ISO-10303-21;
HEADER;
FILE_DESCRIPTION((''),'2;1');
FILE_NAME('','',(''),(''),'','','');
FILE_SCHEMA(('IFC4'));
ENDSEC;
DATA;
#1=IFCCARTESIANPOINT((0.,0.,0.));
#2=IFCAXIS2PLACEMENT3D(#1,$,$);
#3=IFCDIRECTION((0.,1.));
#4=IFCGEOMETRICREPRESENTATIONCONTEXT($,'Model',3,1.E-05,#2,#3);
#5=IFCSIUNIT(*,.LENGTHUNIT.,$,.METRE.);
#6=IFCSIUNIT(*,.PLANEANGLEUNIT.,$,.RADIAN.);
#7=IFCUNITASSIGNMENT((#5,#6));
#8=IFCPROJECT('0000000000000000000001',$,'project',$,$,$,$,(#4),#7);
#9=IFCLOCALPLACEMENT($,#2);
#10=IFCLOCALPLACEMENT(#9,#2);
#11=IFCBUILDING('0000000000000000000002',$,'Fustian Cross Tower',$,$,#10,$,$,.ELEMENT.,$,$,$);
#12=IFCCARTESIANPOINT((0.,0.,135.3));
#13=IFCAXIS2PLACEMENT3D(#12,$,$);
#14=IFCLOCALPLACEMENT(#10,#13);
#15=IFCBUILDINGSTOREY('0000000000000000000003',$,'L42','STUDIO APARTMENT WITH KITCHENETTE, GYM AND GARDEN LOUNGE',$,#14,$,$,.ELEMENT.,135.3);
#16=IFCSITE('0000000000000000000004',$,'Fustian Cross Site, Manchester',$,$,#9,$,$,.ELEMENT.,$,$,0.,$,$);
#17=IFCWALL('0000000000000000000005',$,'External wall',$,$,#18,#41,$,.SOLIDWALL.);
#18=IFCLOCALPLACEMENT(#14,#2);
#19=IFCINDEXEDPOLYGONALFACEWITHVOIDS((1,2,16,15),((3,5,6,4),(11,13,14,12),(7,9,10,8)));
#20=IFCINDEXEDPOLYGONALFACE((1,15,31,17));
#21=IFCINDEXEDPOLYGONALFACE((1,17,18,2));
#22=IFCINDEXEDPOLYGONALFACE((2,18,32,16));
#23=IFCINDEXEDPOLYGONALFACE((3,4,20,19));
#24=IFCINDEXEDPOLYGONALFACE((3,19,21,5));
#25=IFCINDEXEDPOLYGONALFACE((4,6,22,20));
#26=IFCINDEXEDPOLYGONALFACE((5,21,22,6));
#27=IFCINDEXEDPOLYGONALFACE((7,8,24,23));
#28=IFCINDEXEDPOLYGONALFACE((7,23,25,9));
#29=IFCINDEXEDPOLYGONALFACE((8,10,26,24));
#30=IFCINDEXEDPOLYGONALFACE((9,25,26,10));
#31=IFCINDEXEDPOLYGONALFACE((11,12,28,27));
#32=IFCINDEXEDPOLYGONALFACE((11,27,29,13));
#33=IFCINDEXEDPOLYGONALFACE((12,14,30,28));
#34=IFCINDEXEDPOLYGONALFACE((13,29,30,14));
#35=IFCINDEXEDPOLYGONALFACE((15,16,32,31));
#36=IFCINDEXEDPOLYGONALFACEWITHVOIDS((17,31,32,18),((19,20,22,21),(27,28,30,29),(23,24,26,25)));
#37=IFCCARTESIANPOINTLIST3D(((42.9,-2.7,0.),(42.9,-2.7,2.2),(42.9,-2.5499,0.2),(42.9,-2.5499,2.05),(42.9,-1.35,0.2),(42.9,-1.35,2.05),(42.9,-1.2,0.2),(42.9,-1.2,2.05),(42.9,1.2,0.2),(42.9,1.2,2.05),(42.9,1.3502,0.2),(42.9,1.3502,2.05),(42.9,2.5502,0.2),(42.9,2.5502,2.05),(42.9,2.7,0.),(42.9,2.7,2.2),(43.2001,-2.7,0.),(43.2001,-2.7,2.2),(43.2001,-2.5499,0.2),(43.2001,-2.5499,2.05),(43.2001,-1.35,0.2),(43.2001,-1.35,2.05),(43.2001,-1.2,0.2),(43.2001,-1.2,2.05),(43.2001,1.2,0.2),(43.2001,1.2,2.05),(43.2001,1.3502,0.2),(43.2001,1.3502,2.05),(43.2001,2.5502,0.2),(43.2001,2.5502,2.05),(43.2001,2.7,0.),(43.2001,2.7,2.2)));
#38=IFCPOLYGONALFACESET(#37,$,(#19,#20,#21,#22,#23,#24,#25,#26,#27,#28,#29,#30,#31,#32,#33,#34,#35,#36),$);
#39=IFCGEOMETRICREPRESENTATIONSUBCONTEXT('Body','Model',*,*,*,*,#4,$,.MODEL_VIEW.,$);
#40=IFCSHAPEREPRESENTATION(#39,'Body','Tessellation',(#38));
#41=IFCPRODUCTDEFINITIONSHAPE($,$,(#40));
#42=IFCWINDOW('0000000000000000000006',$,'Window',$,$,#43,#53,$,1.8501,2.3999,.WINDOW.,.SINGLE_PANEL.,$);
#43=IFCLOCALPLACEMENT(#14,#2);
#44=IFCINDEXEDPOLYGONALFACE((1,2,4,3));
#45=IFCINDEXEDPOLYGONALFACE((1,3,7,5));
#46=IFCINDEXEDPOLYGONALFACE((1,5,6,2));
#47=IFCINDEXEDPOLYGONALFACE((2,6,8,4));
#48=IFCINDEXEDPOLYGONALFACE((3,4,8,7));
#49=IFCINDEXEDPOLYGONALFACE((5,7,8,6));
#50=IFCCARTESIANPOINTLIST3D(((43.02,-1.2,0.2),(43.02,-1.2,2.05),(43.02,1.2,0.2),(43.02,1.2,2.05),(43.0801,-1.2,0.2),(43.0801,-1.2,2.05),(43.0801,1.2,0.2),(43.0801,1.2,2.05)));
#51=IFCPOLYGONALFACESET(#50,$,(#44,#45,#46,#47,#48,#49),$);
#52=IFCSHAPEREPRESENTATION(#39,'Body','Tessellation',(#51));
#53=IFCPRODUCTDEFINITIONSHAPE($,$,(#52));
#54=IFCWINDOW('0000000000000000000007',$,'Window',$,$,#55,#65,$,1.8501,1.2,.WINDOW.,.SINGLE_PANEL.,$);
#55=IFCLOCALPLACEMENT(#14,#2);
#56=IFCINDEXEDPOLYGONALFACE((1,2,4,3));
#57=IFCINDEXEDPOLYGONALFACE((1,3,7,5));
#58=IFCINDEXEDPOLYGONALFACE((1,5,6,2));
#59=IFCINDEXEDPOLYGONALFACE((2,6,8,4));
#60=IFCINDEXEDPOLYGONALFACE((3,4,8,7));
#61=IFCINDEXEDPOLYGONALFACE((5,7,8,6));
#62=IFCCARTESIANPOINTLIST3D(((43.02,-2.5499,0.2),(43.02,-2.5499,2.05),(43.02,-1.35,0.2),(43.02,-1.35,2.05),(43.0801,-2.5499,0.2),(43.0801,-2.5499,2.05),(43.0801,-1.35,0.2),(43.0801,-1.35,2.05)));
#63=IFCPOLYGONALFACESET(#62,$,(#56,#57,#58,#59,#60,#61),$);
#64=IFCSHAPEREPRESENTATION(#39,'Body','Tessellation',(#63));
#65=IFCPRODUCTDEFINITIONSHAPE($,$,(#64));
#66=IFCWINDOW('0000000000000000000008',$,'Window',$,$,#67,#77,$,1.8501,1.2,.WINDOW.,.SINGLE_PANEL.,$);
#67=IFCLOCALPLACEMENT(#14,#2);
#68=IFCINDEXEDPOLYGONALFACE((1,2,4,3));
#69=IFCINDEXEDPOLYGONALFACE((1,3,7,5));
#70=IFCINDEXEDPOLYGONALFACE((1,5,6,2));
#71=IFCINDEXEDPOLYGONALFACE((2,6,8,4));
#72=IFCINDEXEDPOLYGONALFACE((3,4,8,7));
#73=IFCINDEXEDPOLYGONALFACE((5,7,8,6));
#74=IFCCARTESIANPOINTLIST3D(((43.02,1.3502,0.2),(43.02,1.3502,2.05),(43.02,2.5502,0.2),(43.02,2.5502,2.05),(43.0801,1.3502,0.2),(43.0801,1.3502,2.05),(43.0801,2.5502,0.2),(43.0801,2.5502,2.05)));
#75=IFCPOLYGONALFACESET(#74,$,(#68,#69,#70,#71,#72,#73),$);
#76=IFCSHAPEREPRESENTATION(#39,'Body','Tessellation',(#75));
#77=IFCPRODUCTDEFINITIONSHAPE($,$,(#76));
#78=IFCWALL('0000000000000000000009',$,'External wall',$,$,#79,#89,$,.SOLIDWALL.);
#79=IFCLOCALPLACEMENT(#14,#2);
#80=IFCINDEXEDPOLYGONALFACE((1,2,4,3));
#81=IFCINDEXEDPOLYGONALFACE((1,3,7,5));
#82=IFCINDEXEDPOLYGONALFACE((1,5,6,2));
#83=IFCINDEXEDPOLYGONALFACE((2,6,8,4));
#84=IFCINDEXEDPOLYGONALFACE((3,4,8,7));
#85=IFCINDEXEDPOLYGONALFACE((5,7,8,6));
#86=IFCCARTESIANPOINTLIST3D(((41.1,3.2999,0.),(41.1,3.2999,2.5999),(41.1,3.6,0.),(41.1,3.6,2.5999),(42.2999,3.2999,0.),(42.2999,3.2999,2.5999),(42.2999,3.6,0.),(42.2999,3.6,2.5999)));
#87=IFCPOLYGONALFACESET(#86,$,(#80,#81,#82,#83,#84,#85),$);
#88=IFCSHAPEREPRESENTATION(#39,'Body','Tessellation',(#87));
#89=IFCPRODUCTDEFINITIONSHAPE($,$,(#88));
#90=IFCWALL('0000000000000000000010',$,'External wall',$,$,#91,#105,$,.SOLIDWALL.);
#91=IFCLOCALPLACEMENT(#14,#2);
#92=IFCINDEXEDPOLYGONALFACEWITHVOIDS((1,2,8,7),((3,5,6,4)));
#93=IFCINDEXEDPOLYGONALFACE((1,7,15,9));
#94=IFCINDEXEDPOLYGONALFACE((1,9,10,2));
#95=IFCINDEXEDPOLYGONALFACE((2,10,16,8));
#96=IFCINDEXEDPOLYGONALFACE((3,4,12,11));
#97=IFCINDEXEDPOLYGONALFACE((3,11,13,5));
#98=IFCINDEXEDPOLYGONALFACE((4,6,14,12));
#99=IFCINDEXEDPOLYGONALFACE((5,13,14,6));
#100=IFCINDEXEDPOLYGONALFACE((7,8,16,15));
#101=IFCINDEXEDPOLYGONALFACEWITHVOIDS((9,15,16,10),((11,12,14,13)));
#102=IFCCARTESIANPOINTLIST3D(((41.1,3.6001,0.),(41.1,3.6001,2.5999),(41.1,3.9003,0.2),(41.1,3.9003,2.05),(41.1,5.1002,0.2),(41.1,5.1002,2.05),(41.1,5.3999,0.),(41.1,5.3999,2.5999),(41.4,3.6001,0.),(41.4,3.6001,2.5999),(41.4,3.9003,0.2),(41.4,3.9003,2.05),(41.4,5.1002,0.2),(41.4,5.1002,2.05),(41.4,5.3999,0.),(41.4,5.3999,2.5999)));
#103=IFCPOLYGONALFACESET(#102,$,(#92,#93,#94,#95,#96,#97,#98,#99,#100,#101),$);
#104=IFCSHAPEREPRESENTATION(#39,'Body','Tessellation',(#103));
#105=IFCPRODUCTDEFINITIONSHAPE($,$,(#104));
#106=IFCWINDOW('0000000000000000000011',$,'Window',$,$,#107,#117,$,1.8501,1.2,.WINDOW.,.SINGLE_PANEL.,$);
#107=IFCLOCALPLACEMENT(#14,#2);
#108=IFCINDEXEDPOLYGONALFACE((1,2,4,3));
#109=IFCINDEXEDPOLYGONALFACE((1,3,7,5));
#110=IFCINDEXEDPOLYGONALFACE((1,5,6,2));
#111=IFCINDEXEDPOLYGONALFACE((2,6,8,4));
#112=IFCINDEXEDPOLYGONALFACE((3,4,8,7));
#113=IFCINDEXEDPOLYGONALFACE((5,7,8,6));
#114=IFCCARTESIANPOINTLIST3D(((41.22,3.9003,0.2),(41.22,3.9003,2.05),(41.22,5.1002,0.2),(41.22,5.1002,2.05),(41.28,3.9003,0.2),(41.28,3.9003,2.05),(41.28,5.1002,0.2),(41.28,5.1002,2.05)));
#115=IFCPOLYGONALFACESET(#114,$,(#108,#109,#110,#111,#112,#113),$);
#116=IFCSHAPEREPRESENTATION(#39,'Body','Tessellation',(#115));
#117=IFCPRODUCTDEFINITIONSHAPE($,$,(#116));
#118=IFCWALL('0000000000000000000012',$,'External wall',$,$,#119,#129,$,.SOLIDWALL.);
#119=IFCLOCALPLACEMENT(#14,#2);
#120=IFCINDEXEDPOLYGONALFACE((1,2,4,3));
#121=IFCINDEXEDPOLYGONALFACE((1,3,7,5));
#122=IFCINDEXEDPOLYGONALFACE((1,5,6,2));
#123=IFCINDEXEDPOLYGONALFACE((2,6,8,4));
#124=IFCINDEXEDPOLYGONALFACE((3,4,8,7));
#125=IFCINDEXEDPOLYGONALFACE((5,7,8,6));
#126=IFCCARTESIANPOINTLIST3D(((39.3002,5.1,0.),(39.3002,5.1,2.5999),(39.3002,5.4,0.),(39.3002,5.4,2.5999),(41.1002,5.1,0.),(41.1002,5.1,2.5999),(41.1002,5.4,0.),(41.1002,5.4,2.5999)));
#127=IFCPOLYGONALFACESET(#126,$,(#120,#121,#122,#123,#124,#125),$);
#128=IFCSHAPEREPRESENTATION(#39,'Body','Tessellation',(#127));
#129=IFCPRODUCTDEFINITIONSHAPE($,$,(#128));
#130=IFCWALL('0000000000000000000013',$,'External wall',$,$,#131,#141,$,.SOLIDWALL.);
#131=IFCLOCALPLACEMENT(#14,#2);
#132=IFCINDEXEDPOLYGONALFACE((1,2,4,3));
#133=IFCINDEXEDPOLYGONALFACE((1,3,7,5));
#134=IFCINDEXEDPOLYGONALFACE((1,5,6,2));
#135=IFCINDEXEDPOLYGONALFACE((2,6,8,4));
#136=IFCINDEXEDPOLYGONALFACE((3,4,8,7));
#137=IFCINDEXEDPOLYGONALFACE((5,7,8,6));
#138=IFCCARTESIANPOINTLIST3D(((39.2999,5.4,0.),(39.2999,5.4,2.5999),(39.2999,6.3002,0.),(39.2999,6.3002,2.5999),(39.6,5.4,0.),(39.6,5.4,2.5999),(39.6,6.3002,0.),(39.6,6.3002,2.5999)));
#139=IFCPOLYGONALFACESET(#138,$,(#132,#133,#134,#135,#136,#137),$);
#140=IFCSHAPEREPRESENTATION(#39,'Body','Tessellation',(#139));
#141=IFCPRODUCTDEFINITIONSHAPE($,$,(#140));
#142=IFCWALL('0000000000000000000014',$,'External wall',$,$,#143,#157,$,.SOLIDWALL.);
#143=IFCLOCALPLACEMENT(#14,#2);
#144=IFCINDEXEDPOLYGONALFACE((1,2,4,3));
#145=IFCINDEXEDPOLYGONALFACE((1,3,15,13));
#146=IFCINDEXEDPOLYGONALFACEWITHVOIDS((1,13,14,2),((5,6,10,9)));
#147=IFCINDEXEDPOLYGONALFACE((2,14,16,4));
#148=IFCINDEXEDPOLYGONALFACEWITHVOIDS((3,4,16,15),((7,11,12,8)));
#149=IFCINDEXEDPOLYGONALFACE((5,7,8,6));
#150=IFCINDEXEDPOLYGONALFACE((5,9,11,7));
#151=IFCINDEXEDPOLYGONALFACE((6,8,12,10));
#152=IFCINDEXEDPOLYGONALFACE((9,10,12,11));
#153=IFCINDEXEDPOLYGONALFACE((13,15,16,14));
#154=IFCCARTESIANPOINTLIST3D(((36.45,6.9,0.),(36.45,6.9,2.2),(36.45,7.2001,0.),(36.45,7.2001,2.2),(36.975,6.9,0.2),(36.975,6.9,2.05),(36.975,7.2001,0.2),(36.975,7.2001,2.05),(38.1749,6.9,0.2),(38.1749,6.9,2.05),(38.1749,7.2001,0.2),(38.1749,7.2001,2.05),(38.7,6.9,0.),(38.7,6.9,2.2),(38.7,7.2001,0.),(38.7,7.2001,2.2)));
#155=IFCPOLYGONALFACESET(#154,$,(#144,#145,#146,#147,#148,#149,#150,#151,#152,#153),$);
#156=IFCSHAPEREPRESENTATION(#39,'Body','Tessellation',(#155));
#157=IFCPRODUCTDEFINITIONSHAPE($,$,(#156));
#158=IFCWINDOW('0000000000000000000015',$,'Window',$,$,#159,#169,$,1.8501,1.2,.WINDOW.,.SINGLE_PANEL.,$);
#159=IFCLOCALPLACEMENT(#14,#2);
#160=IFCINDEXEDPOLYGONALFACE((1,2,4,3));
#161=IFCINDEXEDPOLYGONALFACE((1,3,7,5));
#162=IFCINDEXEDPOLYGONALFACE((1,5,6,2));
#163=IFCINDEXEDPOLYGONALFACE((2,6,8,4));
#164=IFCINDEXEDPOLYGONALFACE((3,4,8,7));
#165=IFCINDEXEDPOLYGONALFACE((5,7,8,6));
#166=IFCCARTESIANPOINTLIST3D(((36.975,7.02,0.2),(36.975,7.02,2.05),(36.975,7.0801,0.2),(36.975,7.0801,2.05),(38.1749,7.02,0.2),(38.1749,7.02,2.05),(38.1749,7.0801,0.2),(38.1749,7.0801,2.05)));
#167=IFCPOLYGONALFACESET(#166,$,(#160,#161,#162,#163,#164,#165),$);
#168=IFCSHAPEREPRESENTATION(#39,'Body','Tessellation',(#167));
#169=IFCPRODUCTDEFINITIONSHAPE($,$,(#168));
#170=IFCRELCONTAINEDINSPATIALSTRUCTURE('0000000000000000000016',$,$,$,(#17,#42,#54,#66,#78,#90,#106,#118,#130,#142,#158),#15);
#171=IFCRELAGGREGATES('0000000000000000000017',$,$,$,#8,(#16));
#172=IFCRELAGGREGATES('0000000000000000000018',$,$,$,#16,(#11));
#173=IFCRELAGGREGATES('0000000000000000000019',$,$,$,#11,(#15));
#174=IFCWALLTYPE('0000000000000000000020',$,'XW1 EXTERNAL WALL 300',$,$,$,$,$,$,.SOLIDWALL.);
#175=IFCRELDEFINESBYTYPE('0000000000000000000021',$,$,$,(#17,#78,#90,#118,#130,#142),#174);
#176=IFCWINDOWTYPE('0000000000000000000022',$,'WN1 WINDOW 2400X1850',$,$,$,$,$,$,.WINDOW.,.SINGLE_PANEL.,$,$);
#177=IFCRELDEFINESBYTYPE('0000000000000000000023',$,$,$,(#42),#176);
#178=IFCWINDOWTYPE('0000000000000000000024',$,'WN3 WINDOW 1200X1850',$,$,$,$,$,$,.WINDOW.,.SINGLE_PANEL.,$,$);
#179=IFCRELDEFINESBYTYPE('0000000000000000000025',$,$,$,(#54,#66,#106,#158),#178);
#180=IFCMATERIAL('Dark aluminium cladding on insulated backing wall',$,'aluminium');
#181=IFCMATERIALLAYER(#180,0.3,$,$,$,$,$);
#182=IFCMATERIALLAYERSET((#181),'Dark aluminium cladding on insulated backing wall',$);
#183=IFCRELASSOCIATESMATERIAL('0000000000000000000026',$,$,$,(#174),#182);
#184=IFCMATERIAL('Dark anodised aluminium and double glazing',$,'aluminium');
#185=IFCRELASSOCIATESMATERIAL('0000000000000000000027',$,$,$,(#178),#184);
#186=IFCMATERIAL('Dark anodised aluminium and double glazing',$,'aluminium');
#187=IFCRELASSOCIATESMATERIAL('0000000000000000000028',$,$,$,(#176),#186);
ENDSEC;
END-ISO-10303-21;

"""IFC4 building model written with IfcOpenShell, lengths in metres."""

from ifc_helpers import new_model, si_unit, direction, frame, frame_2d, origin, place, context, subcontext, project, spatial, rectangle, extrude, material, layer, layer_set, type_object, element, fill, save


model = new_model("IFC4")

# Units and contexts
model_context = context("Model", 3, precision=1e-05, world=origin(), true_north=direction((0.0, 1.0)))
body_context = subcontext(model_context, "Body", "Model", "MODEL_VIEW")
ifc_project = project(units=[si_unit("LENGTHUNIT", "METRE"), si_unit("PLANEANGLEUNIT", "RADIAN")], contexts=[model_context])

# Site, building, storey
site_placement = place(None, origin())
site = spatial("IfcSite", under=ifc_project, at=site_placement, Name="Fustian Cross Site, Manchester", CompositionType="ELEMENT", RefElevation=0.0)
building_placement = place(site_placement, origin())
building = spatial("IfcBuilding", under=site, at=building_placement, Name="Fustian Cross Tower", CompositionType="ELEMENT")
storey_placement = place(building_placement, frame((0.0, 0.0, 135.3)))
storey = spatial("IfcBuildingStorey", under=building, at=storey_placement, Name="L42", Description="STUDIO APARTMENT WITH KITCHENETTE, GYM AND GARDEN LOUNGE", CompositionType="ELEMENT", Elevation=135.3)

# Shared definitions
ifc_material_1 = material(Name="Dark aluminium cladding on insulated backing wall", Category="aluminium")
ifc_layer_1 = layer(ifc_material_1, 0.3)
ifc_layer_set_1 = layer_set([ifc_layer_1], Name="Dark aluminium cladding on insulated backing wall")
wall_type_1 = type_object("IfcWallType", Name="XW1 EXTERNAL WALL 300", PredefinedType="SOLIDWALL", material=ifc_layer_set_1)

# Shared definitions
ifc_material_2 = material(Name="Dark anodised aluminium and double glazing", Category="aluminium")
window_type_1 = type_object("IfcWindowType", Name="WN3 WINDOW 1200X1850", PartitioningType="SINGLE_PANEL", PredefinedType="WINDOW", material=ifc_material_2)

# Wall, openings, windows
wall_1_placement = place(storey_placement, frame((43.05, -2.7, 0.0), z_axis=(0.0, 0.0, 1.0), x_axis=(0.0, 1.0, 0.0)))
wall_1 = element("IfcWall", 1, at=wall_1_placement, inside=storey, type_object=wall_type_1, Name="External wall", PredefinedType="SOLIDWALL", context=body_context, shape_type="SweptSolid", body=[
    extrude(rectangle(XDim=5.3999, YDim=0.3, at=frame_2d((2.7, 0.0))), origin(), (0.0, 0.0, 1.0), 2.2),
])
opening_1_placement = place(wall_1_placement, frame((1.5, 0.0, 0.2)))
opening_1 = element("IfcOpeningElement", 2, at=opening_1_placement, cuts=wall_1, PredefinedType="OPENING", context=body_context, shape_type="SweptSolid", body=[
    extrude(rectangle(XDim=2.3999, YDim=1.8501, at=frame_2d((1.2, 0.925))), frame((0.0, 0.1599, 0.0), z_axis=(0.0, -1.0, 0.0), x_axis=(1.0, 0.0, 0.0)), (0.0, 0.0, 1.0), 0.3201),
])
opening_2_placement = place(wall_1_placement, frame((0.1499, 0.0, 0.2)))
opening_2 = element("IfcOpeningElement", 3, at=opening_2_placement, cuts=wall_1, PredefinedType="OPENING", context=body_context, shape_type="SweptSolid", body=[
    extrude(rectangle(XDim=1.2, YDim=1.8501, at=frame_2d((0.6001, 0.925))), frame((0.0, 0.1599, 0.0), z_axis=(0.0, -1.0, 0.0), x_axis=(1.0, 0.0, 0.0)), (0.0, 0.0, 1.0), 0.3201),
])
opening_3_placement = place(wall_1_placement, frame((4.05, 0.0, 0.2)))
opening_3 = element("IfcOpeningElement", 4, at=opening_3_placement, cuts=wall_1, PredefinedType="OPENING", context=body_context, shape_type="SweptSolid", body=[
    extrude(rectangle(XDim=1.2, YDim=1.8501, at=frame_2d((0.6001, 0.925))), frame((0.0, 0.1599, 0.0), z_axis=(0.0, -1.0, 0.0), x_axis=(1.0, 0.0, 0.0)), (0.0, 0.0, 1.0), 0.3201),
])
ifc_material_3 = material(Name="Dark anodised aluminium and double glazing", Category="aluminium")
window_type_2 = type_object("IfcWindowType", Name="WN1 WINDOW 2400X1850", PartitioningType="SINGLE_PANEL", PredefinedType="WINDOW", material=ifc_material_3)
window_1_placement = place(opening_1_placement, origin())
window_1 = element("IfcWindow", 5, at=window_1_placement, inside=storey, type_object=window_type_2, Name="Window", OverallHeight=1.8501, OverallWidth=2.3999, PartitioningType="SINGLE_PANEL", PredefinedType="WINDOW", context=body_context, shape_type="SweptSolid", body=[
    extrude(rectangle(XDim=2.3999, YDim=1.8501, at=frame_2d((1.2, 0.925))), frame((0.0, 0.03, 0.0), z_axis=(0.0, -1.0, 0.0), x_axis=(1.0, 0.0, 0.0)), (0.0, 0.0, 1.0), 0.0601),
])
fill(opening_1, window_1)
window_2_placement = place(opening_2_placement, origin())
window_2 = element("IfcWindow", 6, at=window_2_placement, inside=storey, type_object=window_type_1, Name="Window", OverallHeight=1.8501, OverallWidth=1.2, PartitioningType="SINGLE_PANEL", PredefinedType="WINDOW", context=body_context, shape_type="SweptSolid", body=[
    extrude(rectangle(XDim=1.2, YDim=1.8501, at=frame_2d((0.6001, 0.925))), frame((0.0, 0.03, 0.0), z_axis=(0.0, -1.0, 0.0), x_axis=(1.0, 0.0, 0.0)), (0.0, 0.0, 1.0), 0.0601),
])
fill(opening_2, window_2)
window_3_placement = place(opening_3_placement, origin())
window_3 = element("IfcWindow", 7, at=window_3_placement, inside=storey, type_object=window_type_1, Name="Window", OverallHeight=1.8501, OverallWidth=1.2, PartitioningType="SINGLE_PANEL", PredefinedType="WINDOW", context=body_context, shape_type="SweptSolid", body=[
    extrude(rectangle(XDim=1.2, YDim=1.8501, at=frame_2d((0.6001, 0.925))), frame((0.0, 0.03, 0.0), z_axis=(0.0, -1.0, 0.0), x_axis=(1.0, 0.0, 0.0)), (0.0, 0.0, 1.0), 0.0601),
])
fill(opening_3, window_3)

# Wall
wall_2_placement = place(storey_placement, frame((42.3, 3.45, 0.0), z_axis=(0.0, 0.0, 1.0), x_axis=(-1.0, 0.0, 0.0)))
element("IfcWall", 8, at=wall_2_placement, inside=storey, type_object=wall_type_1, Name="External wall", PredefinedType="SOLIDWALL", context=body_context, shape_type="SweptSolid", body=[
    extrude(rectangle(XDim=1.2, YDim=0.3, at=frame_2d((0.6001, 0.0))), origin(), (0.0, 0.0, 1.0), 2.5999),
])

# Wall, opening, window
wall_3_placement = place(storey_placement, frame((41.25, 3.6001, 0.0), z_axis=(0.0, 0.0, 1.0), x_axis=(0.0, 1.0, 0.0)))
wall_3 = element("IfcWall", 9, at=wall_3_placement, inside=storey, type_object=wall_type_1, Name="External wall", PredefinedType="SOLIDWALL", context=body_context, shape_type="SweptSolid", body=[
    extrude(rectangle(XDim=1.7998, YDim=0.3, at=frame_2d((0.8999, 0.0))), origin(), (0.0, 0.0, 1.0), 2.5999),
])
opening_4_placement = place(wall_3_placement, frame((0.3, 0.0, 0.2)))
opening_4 = element("IfcOpeningElement", 10, at=opening_4_placement, cuts=wall_3, PredefinedType="OPENING", context=body_context, shape_type="SweptSolid", body=[
    extrude(rectangle(XDim=1.2, YDim=1.8501, at=frame_2d((0.6001, 0.925))), frame((0.0, 0.1599, 0.0), z_axis=(0.0, -1.0, 0.0), x_axis=(1.0, 0.0, 0.0)), (0.0, 0.0, 1.0), 0.3201),
])
window_4_placement = place(opening_4_placement, origin())
window_4 = element("IfcWindow", 11, at=window_4_placement, inside=storey, type_object=window_type_1, Name="Window", OverallHeight=1.8501, OverallWidth=1.2, PartitioningType="SINGLE_PANEL", PredefinedType="WINDOW", context=body_context, shape_type="SweptSolid", body=[
    extrude(rectangle(XDim=1.2, YDim=1.8501, at=frame_2d((0.6001, 0.925))), frame((0.0, 0.03, 0.0), z_axis=(0.0, -1.0, 0.0), x_axis=(1.0, 0.0, 0.0)), (0.0, 0.0, 1.0), 0.0601),
])
fill(opening_4, window_4)

# Walls
wall_4_placement = place(storey_placement, frame((41.1001, 5.25, 0.0), z_axis=(0.0, 0.0, 1.0), x_axis=(-1.0, 0.0, 0.0)))
element("IfcWall", 12, at=wall_4_placement, inside=storey, type_object=wall_type_1, Name="External wall", PredefinedType="SOLIDWALL", context=body_context, shape_type="SweptSolid", body=[
    extrude(rectangle(XDim=1.8, YDim=0.3, at=frame_2d((0.8999, 0.0))), origin(), (0.0, 0.0, 1.0), 2.5999),
])
wall_5_placement = place(storey_placement, frame((39.45, 5.3999, 0.0), z_axis=(0.0, 0.0, 1.0), x_axis=(0.0, 1.0, 0.0)))
element("IfcWall", 13, at=wall_5_placement, inside=storey, type_object=wall_type_1, Name="External wall", PredefinedType="SOLIDWALL", context=body_context, shape_type="SweptSolid", body=[
    extrude(rectangle(XDim=0.9001, YDim=0.3, at=frame_2d((0.4502, 0.0))), origin(), (0.0, 0.0, 1.0), 2.5999),
])

# Wall, opening, window
wall_6_placement = place(storey_placement, frame((38.7, 7.05, 0.0), z_axis=(0.0, 0.0, 1.0), x_axis=(-1.0, 0.0, 0.0)))
wall_6 = element("IfcWall", 14, at=wall_6_placement, inside=storey, type_object=wall_type_1, Name="External wall", PredefinedType="SOLIDWALL", context=body_context, shape_type="SweptSolid", body=[
    extrude(rectangle(XDim=2.25, YDim=0.3, at=frame_2d((1.125, 0.0))), origin(), (0.0, 0.0, 1.0), 2.2),
])
opening_5_placement = place(wall_6_placement, frame((0.5249, 0.0, 0.2)))
opening_5 = element("IfcOpeningElement", 15, at=opening_5_placement, cuts=wall_6, PredefinedType="OPENING", context=body_context, shape_type="SweptSolid", body=[
    extrude(rectangle(XDim=1.2, YDim=1.8501, at=frame_2d((0.6001, 0.925))), frame((0.0, 0.1599, 0.0), z_axis=(0.0, -1.0, 0.0), x_axis=(1.0, 0.0, 0.0)), (0.0, 0.0, 1.0), 0.3201),
])
window_5_placement = place(opening_5_placement, origin())
window_5 = element("IfcWindow", 16, at=window_5_placement, inside=storey, type_object=window_type_1, Name="Window", OverallHeight=1.8501, OverallWidth=1.2, PartitioningType="SINGLE_PANEL", PredefinedType="WINDOW", context=body_context, shape_type="SweptSolid", body=[
    extrude(rectangle(XDim=1.2, YDim=1.8501, at=frame_2d((0.6001, 0.925))), frame((0.0, 0.03, 0.0), z_axis=(0.0, -1.0, 0.0), x_axis=(1.0, 0.0, 0.0)), (0.0, 0.0, 1.0), 0.0601),
])
fill(opening_5, window_5)

save(model, "model.ifc")
